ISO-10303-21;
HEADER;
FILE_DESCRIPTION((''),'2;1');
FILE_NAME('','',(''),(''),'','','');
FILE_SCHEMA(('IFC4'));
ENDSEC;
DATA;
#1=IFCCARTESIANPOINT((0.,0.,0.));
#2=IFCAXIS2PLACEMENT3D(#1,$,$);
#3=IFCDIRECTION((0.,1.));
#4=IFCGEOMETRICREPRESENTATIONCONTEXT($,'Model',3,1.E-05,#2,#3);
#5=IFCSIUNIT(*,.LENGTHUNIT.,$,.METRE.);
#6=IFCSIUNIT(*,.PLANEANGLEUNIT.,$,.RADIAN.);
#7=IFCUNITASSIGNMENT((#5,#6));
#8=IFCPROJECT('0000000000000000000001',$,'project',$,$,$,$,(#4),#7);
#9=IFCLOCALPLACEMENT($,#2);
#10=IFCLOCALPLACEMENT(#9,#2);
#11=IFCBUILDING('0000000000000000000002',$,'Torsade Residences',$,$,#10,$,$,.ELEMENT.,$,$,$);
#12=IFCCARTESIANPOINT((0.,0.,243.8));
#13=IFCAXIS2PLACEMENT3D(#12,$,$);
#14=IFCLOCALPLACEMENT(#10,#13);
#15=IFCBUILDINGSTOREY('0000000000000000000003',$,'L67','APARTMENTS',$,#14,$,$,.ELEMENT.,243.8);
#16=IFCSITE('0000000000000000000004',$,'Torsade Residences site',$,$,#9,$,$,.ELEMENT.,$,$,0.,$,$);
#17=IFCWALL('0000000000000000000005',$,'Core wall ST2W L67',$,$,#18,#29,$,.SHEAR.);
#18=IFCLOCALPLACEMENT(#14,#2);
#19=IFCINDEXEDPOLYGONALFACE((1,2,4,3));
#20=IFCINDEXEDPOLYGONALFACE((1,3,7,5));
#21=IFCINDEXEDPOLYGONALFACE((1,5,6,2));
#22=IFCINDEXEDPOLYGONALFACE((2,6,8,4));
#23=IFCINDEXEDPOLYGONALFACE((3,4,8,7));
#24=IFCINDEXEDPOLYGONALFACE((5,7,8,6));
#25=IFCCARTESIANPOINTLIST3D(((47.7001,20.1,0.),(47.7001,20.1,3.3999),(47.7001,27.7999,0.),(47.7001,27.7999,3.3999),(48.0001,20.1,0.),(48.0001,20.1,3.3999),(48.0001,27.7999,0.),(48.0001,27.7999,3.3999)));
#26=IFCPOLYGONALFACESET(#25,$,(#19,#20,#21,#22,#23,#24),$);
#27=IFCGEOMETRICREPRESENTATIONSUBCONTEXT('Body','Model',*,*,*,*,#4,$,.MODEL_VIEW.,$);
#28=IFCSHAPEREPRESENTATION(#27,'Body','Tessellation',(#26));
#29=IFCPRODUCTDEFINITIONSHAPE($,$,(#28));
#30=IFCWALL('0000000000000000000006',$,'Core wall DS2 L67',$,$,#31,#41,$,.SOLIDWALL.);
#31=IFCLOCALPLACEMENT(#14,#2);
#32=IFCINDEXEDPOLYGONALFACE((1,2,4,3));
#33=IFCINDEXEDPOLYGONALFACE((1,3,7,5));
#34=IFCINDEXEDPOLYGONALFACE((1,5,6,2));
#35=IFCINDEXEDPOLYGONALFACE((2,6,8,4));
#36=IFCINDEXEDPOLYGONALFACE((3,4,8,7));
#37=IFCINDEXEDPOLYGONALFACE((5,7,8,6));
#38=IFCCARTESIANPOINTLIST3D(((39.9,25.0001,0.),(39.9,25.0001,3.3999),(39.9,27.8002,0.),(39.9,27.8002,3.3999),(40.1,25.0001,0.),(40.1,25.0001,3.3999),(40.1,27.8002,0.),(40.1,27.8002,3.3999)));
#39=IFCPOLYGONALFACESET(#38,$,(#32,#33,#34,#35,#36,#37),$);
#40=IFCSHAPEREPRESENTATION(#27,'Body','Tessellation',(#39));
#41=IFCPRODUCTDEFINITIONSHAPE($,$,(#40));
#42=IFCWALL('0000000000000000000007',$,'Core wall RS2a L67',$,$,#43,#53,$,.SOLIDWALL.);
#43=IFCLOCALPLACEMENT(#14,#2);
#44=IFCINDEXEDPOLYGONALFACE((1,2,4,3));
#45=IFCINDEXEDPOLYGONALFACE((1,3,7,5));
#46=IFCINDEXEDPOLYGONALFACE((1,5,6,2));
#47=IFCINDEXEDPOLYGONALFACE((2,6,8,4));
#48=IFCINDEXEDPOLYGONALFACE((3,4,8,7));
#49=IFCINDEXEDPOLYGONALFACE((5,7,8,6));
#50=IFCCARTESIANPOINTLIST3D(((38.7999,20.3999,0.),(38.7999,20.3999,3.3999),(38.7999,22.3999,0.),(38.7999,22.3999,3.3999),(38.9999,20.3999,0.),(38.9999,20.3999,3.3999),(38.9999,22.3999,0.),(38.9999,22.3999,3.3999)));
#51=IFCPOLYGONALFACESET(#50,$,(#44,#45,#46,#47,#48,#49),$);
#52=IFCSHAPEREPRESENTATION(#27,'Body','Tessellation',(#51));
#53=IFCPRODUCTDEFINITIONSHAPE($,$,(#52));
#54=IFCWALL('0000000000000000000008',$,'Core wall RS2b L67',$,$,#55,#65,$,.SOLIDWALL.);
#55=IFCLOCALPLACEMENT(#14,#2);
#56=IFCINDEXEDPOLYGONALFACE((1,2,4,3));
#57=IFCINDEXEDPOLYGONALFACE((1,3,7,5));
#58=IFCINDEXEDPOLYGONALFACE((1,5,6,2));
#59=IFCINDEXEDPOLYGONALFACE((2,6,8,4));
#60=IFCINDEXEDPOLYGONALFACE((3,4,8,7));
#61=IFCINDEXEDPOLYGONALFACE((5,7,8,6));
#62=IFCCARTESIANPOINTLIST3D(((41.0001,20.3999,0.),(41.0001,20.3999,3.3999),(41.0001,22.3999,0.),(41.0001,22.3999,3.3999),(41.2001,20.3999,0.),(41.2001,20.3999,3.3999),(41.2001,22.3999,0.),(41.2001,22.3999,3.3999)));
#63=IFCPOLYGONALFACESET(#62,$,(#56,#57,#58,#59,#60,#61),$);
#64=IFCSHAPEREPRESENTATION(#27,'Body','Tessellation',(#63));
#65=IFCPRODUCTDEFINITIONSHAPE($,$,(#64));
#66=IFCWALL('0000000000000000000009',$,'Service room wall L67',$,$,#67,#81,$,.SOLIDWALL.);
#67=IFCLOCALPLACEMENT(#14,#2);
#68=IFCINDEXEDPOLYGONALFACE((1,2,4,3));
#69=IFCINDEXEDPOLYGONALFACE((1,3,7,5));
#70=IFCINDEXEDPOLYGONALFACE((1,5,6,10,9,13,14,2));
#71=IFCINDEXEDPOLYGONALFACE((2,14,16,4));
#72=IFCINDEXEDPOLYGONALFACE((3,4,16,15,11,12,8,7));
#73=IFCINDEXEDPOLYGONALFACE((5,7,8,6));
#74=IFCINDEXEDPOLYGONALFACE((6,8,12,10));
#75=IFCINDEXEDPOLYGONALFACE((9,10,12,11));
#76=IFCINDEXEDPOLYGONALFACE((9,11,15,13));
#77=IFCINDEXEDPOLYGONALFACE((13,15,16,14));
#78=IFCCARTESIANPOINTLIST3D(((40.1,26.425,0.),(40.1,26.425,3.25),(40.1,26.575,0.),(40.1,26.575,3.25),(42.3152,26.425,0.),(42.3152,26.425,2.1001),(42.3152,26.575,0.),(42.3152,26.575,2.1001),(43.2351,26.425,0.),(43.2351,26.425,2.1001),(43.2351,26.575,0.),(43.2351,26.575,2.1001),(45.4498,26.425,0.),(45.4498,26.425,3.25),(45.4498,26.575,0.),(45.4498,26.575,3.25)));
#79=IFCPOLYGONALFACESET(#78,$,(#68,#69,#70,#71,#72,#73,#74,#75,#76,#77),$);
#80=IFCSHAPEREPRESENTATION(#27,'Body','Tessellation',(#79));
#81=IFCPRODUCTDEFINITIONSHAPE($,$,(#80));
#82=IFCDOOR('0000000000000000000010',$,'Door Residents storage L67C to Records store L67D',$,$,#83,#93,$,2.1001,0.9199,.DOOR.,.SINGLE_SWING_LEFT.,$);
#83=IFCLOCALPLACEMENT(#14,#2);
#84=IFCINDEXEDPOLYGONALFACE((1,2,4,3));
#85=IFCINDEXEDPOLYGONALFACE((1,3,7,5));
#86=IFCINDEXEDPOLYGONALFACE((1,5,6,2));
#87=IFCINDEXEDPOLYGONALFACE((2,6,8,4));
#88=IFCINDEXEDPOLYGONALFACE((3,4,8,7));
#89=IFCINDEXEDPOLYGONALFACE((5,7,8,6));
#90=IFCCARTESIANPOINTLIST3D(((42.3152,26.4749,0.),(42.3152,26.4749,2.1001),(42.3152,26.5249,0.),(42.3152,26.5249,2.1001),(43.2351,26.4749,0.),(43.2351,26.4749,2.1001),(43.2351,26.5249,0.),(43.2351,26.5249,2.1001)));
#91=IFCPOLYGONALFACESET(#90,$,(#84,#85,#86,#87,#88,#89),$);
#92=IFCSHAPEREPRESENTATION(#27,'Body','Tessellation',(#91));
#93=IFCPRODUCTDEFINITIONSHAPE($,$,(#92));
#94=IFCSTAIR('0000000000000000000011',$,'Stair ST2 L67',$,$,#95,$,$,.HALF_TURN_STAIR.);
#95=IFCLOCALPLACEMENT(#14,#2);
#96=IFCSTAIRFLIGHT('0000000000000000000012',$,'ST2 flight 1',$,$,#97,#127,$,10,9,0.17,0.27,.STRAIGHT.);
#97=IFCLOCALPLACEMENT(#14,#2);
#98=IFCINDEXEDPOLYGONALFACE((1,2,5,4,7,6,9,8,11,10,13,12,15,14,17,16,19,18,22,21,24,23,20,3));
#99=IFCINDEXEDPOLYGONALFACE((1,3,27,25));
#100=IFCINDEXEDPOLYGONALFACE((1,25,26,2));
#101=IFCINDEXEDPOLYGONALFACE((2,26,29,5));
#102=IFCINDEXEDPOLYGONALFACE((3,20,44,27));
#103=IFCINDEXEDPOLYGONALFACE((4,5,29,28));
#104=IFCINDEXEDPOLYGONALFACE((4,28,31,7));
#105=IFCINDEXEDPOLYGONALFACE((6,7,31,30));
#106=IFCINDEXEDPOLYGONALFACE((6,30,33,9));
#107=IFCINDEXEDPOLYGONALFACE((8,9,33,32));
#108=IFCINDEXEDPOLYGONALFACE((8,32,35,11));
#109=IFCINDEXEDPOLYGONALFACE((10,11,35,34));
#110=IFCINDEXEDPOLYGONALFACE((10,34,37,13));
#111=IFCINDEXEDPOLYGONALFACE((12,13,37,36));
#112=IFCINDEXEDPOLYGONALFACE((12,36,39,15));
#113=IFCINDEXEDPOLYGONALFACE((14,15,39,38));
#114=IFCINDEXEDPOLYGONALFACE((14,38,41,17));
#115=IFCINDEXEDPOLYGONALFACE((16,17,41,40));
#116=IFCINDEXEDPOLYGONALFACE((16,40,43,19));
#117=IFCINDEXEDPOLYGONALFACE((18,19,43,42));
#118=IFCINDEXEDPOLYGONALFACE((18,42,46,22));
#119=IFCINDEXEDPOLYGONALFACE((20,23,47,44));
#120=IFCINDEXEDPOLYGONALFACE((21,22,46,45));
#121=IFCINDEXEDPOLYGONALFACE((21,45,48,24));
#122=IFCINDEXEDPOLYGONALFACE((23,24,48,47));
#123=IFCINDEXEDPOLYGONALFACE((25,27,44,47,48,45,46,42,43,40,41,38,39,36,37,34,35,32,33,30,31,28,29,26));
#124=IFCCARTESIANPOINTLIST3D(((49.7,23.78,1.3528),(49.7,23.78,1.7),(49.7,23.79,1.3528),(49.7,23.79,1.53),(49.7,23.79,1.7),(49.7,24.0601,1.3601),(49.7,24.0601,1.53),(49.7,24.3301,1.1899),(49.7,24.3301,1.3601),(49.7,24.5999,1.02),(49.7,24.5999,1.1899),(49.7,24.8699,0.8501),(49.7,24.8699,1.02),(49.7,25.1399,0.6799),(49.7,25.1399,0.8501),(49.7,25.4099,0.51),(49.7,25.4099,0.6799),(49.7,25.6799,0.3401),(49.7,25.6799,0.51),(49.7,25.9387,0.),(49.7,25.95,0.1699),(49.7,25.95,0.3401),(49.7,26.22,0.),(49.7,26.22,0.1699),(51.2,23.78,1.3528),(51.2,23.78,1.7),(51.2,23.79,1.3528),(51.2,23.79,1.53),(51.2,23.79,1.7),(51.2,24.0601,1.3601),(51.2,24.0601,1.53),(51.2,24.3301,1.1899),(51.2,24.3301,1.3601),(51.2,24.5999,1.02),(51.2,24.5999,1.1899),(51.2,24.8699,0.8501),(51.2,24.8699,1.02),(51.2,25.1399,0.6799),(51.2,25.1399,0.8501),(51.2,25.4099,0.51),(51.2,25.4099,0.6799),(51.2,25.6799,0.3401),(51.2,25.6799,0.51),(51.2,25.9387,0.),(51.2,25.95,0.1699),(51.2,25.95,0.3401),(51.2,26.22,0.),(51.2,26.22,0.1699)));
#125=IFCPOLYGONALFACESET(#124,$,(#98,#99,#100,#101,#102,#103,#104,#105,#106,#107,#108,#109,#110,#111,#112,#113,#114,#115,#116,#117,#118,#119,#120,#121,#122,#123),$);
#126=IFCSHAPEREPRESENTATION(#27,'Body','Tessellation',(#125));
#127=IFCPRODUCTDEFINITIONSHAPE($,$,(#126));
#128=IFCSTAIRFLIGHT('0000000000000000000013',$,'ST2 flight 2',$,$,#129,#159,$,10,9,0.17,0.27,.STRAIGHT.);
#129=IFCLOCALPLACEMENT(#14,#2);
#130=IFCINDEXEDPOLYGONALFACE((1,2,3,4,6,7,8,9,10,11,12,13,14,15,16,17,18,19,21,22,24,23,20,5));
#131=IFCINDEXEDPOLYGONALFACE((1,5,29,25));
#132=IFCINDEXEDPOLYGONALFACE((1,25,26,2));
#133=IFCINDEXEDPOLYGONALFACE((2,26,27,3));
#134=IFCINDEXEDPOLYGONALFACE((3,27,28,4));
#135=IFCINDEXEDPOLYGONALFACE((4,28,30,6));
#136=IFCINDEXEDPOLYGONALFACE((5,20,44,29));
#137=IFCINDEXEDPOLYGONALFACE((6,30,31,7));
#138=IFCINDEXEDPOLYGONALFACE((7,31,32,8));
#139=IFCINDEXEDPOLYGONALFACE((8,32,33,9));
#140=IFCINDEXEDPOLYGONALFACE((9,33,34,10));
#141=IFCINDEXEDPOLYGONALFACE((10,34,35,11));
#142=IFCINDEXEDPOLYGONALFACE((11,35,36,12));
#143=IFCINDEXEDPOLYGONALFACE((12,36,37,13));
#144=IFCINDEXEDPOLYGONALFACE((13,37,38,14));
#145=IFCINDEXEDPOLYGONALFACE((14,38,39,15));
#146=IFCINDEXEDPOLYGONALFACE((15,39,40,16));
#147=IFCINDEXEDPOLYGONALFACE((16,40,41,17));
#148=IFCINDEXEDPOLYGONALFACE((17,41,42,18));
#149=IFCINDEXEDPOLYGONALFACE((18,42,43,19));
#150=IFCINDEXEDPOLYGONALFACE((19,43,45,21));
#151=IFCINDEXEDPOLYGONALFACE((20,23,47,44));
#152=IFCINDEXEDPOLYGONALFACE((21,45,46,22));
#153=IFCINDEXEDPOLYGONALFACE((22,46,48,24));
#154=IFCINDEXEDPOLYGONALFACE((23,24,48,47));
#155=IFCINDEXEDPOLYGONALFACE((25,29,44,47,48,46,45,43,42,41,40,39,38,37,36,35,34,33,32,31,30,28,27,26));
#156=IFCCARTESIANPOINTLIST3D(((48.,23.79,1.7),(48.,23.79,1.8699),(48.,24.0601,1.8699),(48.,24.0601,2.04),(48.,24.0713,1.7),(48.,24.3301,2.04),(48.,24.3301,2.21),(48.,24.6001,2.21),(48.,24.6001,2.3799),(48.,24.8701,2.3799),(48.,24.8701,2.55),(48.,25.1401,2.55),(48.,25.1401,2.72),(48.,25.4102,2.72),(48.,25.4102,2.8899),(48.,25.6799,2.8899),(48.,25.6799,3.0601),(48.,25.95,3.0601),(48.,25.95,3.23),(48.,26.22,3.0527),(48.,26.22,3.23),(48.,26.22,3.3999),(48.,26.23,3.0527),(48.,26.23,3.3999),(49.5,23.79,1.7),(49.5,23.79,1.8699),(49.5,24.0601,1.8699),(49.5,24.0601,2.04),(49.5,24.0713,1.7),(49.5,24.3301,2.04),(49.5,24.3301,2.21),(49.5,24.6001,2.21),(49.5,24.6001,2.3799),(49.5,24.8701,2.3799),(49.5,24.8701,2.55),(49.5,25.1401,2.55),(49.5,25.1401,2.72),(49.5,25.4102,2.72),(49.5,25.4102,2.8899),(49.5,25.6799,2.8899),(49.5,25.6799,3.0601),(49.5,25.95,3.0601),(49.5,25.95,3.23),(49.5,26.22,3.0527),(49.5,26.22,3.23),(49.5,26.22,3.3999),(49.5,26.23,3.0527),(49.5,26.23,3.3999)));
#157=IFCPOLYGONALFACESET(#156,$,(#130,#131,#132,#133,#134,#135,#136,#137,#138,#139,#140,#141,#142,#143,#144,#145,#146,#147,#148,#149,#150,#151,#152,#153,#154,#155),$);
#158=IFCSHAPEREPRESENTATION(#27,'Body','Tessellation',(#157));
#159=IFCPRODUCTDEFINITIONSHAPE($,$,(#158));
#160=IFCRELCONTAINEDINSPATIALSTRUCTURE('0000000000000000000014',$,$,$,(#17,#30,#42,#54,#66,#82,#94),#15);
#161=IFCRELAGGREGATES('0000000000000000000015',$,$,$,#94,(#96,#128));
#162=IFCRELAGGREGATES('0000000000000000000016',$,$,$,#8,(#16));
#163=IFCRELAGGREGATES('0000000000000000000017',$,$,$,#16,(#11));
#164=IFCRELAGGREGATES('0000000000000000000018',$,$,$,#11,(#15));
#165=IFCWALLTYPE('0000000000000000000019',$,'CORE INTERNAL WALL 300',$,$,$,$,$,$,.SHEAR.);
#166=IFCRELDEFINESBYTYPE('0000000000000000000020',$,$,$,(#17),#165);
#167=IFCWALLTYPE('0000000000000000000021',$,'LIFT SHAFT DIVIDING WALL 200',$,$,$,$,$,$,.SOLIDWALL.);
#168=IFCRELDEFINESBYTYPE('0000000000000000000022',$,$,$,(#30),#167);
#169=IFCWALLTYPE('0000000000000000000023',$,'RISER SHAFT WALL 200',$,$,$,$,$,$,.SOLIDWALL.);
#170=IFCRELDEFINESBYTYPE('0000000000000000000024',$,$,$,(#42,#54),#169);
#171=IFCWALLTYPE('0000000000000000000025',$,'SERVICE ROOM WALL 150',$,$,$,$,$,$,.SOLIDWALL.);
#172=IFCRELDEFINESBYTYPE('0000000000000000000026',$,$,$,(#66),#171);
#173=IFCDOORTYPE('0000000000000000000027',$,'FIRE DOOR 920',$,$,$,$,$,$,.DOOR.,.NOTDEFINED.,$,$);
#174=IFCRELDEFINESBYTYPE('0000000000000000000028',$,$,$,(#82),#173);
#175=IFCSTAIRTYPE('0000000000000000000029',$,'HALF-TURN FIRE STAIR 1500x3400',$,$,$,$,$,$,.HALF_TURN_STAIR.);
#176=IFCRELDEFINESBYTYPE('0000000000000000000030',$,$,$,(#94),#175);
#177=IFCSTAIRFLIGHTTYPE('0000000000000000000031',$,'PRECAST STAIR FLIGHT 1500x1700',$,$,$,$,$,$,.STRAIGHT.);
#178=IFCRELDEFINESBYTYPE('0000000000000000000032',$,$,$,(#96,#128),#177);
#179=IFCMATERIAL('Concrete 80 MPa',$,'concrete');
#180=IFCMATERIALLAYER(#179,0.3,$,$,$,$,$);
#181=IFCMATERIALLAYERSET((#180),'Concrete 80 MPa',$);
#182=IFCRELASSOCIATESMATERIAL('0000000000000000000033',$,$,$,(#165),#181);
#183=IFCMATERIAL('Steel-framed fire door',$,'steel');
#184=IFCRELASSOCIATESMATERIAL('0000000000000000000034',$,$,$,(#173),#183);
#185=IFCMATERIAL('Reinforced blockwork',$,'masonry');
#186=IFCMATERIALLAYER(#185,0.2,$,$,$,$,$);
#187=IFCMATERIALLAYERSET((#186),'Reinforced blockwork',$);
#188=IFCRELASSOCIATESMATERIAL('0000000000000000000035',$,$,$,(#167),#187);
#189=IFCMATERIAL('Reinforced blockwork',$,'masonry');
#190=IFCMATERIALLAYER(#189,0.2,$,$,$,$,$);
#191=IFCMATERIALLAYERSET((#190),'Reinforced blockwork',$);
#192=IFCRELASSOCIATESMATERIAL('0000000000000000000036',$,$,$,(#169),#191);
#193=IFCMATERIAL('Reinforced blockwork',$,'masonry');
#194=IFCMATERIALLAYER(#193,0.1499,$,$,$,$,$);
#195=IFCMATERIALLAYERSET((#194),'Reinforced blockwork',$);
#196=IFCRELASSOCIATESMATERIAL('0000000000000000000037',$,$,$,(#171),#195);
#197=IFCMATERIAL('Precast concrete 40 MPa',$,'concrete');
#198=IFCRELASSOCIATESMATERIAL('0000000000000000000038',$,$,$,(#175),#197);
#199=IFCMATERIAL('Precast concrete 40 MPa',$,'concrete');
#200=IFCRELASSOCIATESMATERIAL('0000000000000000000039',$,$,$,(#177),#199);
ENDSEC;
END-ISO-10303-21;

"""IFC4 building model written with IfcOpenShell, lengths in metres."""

from ifc_helpers import new_model, si_unit, direction, frame, frame_2d, origin, place, context, subcontext, project, spatial, polyline, rectangle, outline, extrude, material, layer, layer_set, type_object, element, fill, aggregate, save


model = new_model("IFC4")

# Units and contexts
model_context = context("Model", 3, precision=1e-05, world=origin(), true_north=direction((0.0, 1.0)))
body_context = subcontext(model_context, "Body", "Model", "MODEL_VIEW")
ifc_project = project(units=[si_unit("LENGTHUNIT", "METRE"), si_unit("PLANEANGLEUNIT", "RADIAN")], contexts=[model_context])

# Site, building, storey
site_placement = place(None, origin())
site = spatial("IfcSite", under=ifc_project, at=site_placement, Name="Torsade Residences site", CompositionType="ELEMENT", RefElevation=0.0)
building_placement = place(site_placement, origin())
building = spatial("IfcBuilding", under=site, at=building_placement, Name="Torsade Residences", CompositionType="ELEMENT")
storey_placement = place(building_placement, frame((0.0, 0.0, 243.8)))
storey = spatial("IfcBuildingStorey", under=building, at=storey_placement, Name="L67", Description="APARTMENTS", CompositionType="ELEMENT", Elevation=243.8)

# Shared definitions
ifc_material_1 = material(Name="Concrete 80 MPa", Category="concrete")
ifc_layer_1 = layer(ifc_material_1, 0.3)
ifc_layer_set_1 = layer_set([ifc_layer_1], Name="Concrete 80 MPa")
wall_type_1 = type_object("IfcWallType", Name="CORE INTERNAL WALL 300", PredefinedType="SHEAR", material=ifc_layer_set_1)
ifc_material_2 = material(Name="Steel-framed fire door", Category="steel")
door_type_1 = type_object("IfcDoorType", Name="FIRE DOOR 920", OperationType="NOTDEFINED", PredefinedType="DOOR", material=ifc_material_2)

# Walls
wall_1_placement = place(storey_placement, frame((47.8501, 27.8, 0.0), z_axis=(0.0, 0.0, 1.0), x_axis=(0.0, -1.0, 0.0)))
element("IfcWall", 1, at=wall_1_placement, inside=storey, type_object=wall_type_1, Name="Core wall ST2W L67", PredefinedType="SHEAR", context=body_context, shape_type="SweptSolid", body=[
    extrude(rectangle(XDim=7.7, YDim=0.3, at=frame_2d((3.8501, 0.0))), origin(), (0.0, 0.0, 1.0), 3.3999),
])
ifc_material_3 = material(Name="Reinforced blockwork", Category="masonry")
ifc_layer_2 = layer(ifc_material_3, 0.2)
ifc_layer_set_2 = layer_set([ifc_layer_2], Name="Reinforced blockwork")
wall_type_2 = type_object("IfcWallType", Name="LIFT SHAFT DIVIDING WALL 200", PredefinedType="SOLIDWALL", material=ifc_layer_set_2)
wall_2_placement = place(storey_placement, frame((40.0, 27.8, 0.0), z_axis=(0.0, 0.0, 1.0), x_axis=(0.0, -1.0, 0.0)))
element("IfcWall", 2, at=wall_2_placement, inside=storey, type_object=wall_type_2, Name="Core wall DS2 L67", PredefinedType="SOLIDWALL", context=body_context, shape_type="SweptSolid", body=[
    extrude(rectangle(XDim=2.8, YDim=0.2, at=frame_2d((1.3999, 0.0))), origin(), (0.0, 0.0, 1.0), 3.3999),
])
ifc_material_4 = material(Name="Reinforced blockwork", Category="masonry")
ifc_layer_3 = layer(ifc_material_4, 0.2)
ifc_layer_set_3 = layer_set([ifc_layer_3], Name="Reinforced blockwork")
wall_type_3 = type_object("IfcWallType", Name="RISER SHAFT WALL 200", PredefinedType="SOLIDWALL", material=ifc_layer_set_3)
for number, where, z_axis, x_axis, name in (
    (3, (38.8999, 22.3999, 0.0), (0.0, 0.0, 1.0), (0.0, -1.0, 0.0), "Core wall RS2a L67"),
    (4, (41.1001, 22.3999, 0.0), (0.0, 0.0, 1.0), (0.0, -1.0, 0.0), "Core wall RS2b L67"),
):
    element("IfcWall", number, at=place(storey_placement, frame(where, z_axis=z_axis, x_axis=x_axis)), inside=storey, type_object=wall_type_3, Name=name, PredefinedType="SOLIDWALL", context=body_context, shape_type="SweptSolid", body=[
        extrude(rectangle(XDim=2.0, YDim=0.2, at=frame_2d((1.0, 0.0))), origin(), (0.0, 0.0, 1.0), 3.3999),
    ])

# Wall, opening, door
ifc_material_5 = material(Name="Reinforced blockwork", Category="masonry")
ifc_layer_4 = layer(ifc_material_5, 0.1499)
ifc_layer_set_4 = layer_set([ifc_layer_4], Name="Reinforced blockwork")
wall_type_4 = type_object("IfcWallType", Name="SERVICE ROOM WALL 150", PredefinedType="SOLIDWALL", material=ifc_layer_set_4)
wall_3_placement = place(storey_placement, frame((40.1001, 26.5, 0.0), z_axis=(0.0, 0.0, 1.0), x_axis=(1.0, 0.0, 0.0)))
wall_3 = element("IfcWall", 5, at=wall_3_placement, inside=storey, type_object=wall_type_4, Name="Service room wall L67", PredefinedType="SOLIDWALL", context=body_context, shape_type="SweptSolid", body=[
    extrude(rectangle(XDim=5.3499, YDim=0.1499, at=frame_2d((2.6748, 0.0))), origin(), (0.0, 0.0, 1.0), 3.25),
])
opening_1_placement = place(wall_3_placement, frame((2.2151, 0.0, 0.0)))
opening_1 = element("IfcOpeningElement", 6, at=opening_1_placement, cuts=wall_3, PredefinedType="OPENING", context=body_context, shape_type="SweptSolid", body=[
    extrude(rectangle(XDim=0.9199, YDim=2.1001, at=frame_2d((0.46, 1.05))), frame((0.0, 0.085, 0.0), z_axis=(0.0, -1.0, 0.0), x_axis=(1.0, 0.0, 0.0)), (0.0, 0.0, 1.0), 0.1699),
])
door_1_placement = place(opening_1_placement, origin())
door_1 = element("IfcDoor", 7, at=door_1_placement, inside=storey, type_object=door_type_1, Name="Door Residents storage L67C to Records store L67D", OperationType="SINGLE_SWING_LEFT", OverallHeight=2.1001, OverallWidth=0.9199, PredefinedType="DOOR", context=body_context, shape_type="SweptSolid", body=[
    extrude(rectangle(XDim=0.9199, YDim=2.1001, at=frame_2d((0.46, 1.05))), frame((0.0, 0.0249, 0.0), z_axis=(0.0, -1.0, 0.0), x_axis=(1.0, 0.0, 0.0)), (0.0, 0.0, 1.0), 0.05),
])
fill(opening_1, door_1)

# Stair, stair flights
ifc_material_6 = material(Name="Precast concrete 40 MPa", Category="concrete")
stair_type = type_object("IfcStairType", Name="HALF-TURN FIRE STAIR 1500x3400", PredefinedType="HALF_TURN_STAIR", material=ifc_material_6)
stair_placement = place(storey_placement, origin())
stair = element("IfcStair", 8, at=stair_placement, inside=storey, type_object=stair_type, Name="Stair ST2 L67", PredefinedType="HALF_TURN_STAIR")
ifc_material_7 = material(Name="Precast concrete 40 MPa", Category="concrete")
stair_flight_type = type_object("IfcStairFlightType", Name="PRECAST STAIR FLIGHT 1500x1700", PredefinedType="STRAIGHT", material=ifc_material_7)
stair_flight_1_placement = place(storey_placement, frame((50.45, 26.22, 0.0), z_axis=(0.0, 0.0, 1.0), x_axis=(0.0, -1.0, 0.0)))
stair_flight_1 = element("IfcStairFlight", 9, at=stair_flight_1_placement, type_object=stair_flight_type, Name="ST2 flight 1", NumberOfRisers=10, NumberOfTreads=9, PredefinedType="STRAIGHT", RiserHeight=0.17, TreadLength=0.27, context=body_context, shape_type="SweptSolid", body=[
    extrude(outline(polyline([(0.0, 0.0), (0.0, 0.1699), (0.27, 0.1699), (0.27, 0.3401), (0.54, 0.3401), (0.54, 0.51), (0.8101, 0.51), (0.8101, 0.6799), (1.0801, 0.6799), (1.0801, 0.8501), (1.3501, 0.8501), (1.3501, 1.02), (1.6201, 1.02), (1.6201, 1.1899), (1.8899, 1.1899), (1.8899, 1.3601), (2.1599, 1.3601), (2.1599, 1.53), (2.4299, 1.53), (2.4299, 1.7), (2.4399, 1.7), (2.4399, 1.3528), (2.4299, 1.3528), (0.2812, 0.0), (0.0, 0.0)])), frame((0.0, 0.75, 0.0), z_axis=(0.0, -1.0, 0.0), x_axis=(1.0, 0.0, 0.0)), (0.0, 0.0, 1.0), 1.5),
])
stair_flight_2_placement = place(storey_placement, frame((48.75, 23.79, 1.7), z_axis=(0.0, 0.0, 1.0), x_axis=(0.0, 1.0, 0.0)))
stair_flight_2 = element("IfcStairFlight", 10, at=stair_flight_2_placement, type_object=stair_flight_type, Name="ST2 flight 2", NumberOfRisers=10, NumberOfTreads=9, PredefinedType="STRAIGHT", RiserHeight=0.17, TreadLength=0.27, context=body_context, shape_type="SweptSolid", body=[
    extrude(outline(polyline([(0.0, 0.0), (0.0, 0.1699), (0.27, 0.1699), (0.27, 0.3401), (0.54, 0.3401), (0.54, 0.51), (0.8101, 0.51), (0.8101, 0.6799), (1.0801, 0.6799), (1.0801, 0.8501), (1.3501, 0.8501), (1.3501, 1.02), (1.6201, 1.02), (1.6201, 1.1899), (1.8899, 1.1899), (1.8899, 1.3601), (2.1599, 1.3601), (2.1599, 1.53), (2.4299, 1.53), (2.4299, 1.7), (2.4399, 1.7), (2.4399, 1.3528), (2.4299, 1.3528), (0.2812, 0.0), (0.0, 0.0)])), frame((0.0, 0.75, 0.0), z_axis=(0.0, -1.0, 0.0), x_axis=(1.0, 0.0, 0.0)), (0.0, 0.0, 1.0), 1.5),
])
aggregate(stair, [stair_flight_1, stair_flight_2])

save(model, "model.ifc")
